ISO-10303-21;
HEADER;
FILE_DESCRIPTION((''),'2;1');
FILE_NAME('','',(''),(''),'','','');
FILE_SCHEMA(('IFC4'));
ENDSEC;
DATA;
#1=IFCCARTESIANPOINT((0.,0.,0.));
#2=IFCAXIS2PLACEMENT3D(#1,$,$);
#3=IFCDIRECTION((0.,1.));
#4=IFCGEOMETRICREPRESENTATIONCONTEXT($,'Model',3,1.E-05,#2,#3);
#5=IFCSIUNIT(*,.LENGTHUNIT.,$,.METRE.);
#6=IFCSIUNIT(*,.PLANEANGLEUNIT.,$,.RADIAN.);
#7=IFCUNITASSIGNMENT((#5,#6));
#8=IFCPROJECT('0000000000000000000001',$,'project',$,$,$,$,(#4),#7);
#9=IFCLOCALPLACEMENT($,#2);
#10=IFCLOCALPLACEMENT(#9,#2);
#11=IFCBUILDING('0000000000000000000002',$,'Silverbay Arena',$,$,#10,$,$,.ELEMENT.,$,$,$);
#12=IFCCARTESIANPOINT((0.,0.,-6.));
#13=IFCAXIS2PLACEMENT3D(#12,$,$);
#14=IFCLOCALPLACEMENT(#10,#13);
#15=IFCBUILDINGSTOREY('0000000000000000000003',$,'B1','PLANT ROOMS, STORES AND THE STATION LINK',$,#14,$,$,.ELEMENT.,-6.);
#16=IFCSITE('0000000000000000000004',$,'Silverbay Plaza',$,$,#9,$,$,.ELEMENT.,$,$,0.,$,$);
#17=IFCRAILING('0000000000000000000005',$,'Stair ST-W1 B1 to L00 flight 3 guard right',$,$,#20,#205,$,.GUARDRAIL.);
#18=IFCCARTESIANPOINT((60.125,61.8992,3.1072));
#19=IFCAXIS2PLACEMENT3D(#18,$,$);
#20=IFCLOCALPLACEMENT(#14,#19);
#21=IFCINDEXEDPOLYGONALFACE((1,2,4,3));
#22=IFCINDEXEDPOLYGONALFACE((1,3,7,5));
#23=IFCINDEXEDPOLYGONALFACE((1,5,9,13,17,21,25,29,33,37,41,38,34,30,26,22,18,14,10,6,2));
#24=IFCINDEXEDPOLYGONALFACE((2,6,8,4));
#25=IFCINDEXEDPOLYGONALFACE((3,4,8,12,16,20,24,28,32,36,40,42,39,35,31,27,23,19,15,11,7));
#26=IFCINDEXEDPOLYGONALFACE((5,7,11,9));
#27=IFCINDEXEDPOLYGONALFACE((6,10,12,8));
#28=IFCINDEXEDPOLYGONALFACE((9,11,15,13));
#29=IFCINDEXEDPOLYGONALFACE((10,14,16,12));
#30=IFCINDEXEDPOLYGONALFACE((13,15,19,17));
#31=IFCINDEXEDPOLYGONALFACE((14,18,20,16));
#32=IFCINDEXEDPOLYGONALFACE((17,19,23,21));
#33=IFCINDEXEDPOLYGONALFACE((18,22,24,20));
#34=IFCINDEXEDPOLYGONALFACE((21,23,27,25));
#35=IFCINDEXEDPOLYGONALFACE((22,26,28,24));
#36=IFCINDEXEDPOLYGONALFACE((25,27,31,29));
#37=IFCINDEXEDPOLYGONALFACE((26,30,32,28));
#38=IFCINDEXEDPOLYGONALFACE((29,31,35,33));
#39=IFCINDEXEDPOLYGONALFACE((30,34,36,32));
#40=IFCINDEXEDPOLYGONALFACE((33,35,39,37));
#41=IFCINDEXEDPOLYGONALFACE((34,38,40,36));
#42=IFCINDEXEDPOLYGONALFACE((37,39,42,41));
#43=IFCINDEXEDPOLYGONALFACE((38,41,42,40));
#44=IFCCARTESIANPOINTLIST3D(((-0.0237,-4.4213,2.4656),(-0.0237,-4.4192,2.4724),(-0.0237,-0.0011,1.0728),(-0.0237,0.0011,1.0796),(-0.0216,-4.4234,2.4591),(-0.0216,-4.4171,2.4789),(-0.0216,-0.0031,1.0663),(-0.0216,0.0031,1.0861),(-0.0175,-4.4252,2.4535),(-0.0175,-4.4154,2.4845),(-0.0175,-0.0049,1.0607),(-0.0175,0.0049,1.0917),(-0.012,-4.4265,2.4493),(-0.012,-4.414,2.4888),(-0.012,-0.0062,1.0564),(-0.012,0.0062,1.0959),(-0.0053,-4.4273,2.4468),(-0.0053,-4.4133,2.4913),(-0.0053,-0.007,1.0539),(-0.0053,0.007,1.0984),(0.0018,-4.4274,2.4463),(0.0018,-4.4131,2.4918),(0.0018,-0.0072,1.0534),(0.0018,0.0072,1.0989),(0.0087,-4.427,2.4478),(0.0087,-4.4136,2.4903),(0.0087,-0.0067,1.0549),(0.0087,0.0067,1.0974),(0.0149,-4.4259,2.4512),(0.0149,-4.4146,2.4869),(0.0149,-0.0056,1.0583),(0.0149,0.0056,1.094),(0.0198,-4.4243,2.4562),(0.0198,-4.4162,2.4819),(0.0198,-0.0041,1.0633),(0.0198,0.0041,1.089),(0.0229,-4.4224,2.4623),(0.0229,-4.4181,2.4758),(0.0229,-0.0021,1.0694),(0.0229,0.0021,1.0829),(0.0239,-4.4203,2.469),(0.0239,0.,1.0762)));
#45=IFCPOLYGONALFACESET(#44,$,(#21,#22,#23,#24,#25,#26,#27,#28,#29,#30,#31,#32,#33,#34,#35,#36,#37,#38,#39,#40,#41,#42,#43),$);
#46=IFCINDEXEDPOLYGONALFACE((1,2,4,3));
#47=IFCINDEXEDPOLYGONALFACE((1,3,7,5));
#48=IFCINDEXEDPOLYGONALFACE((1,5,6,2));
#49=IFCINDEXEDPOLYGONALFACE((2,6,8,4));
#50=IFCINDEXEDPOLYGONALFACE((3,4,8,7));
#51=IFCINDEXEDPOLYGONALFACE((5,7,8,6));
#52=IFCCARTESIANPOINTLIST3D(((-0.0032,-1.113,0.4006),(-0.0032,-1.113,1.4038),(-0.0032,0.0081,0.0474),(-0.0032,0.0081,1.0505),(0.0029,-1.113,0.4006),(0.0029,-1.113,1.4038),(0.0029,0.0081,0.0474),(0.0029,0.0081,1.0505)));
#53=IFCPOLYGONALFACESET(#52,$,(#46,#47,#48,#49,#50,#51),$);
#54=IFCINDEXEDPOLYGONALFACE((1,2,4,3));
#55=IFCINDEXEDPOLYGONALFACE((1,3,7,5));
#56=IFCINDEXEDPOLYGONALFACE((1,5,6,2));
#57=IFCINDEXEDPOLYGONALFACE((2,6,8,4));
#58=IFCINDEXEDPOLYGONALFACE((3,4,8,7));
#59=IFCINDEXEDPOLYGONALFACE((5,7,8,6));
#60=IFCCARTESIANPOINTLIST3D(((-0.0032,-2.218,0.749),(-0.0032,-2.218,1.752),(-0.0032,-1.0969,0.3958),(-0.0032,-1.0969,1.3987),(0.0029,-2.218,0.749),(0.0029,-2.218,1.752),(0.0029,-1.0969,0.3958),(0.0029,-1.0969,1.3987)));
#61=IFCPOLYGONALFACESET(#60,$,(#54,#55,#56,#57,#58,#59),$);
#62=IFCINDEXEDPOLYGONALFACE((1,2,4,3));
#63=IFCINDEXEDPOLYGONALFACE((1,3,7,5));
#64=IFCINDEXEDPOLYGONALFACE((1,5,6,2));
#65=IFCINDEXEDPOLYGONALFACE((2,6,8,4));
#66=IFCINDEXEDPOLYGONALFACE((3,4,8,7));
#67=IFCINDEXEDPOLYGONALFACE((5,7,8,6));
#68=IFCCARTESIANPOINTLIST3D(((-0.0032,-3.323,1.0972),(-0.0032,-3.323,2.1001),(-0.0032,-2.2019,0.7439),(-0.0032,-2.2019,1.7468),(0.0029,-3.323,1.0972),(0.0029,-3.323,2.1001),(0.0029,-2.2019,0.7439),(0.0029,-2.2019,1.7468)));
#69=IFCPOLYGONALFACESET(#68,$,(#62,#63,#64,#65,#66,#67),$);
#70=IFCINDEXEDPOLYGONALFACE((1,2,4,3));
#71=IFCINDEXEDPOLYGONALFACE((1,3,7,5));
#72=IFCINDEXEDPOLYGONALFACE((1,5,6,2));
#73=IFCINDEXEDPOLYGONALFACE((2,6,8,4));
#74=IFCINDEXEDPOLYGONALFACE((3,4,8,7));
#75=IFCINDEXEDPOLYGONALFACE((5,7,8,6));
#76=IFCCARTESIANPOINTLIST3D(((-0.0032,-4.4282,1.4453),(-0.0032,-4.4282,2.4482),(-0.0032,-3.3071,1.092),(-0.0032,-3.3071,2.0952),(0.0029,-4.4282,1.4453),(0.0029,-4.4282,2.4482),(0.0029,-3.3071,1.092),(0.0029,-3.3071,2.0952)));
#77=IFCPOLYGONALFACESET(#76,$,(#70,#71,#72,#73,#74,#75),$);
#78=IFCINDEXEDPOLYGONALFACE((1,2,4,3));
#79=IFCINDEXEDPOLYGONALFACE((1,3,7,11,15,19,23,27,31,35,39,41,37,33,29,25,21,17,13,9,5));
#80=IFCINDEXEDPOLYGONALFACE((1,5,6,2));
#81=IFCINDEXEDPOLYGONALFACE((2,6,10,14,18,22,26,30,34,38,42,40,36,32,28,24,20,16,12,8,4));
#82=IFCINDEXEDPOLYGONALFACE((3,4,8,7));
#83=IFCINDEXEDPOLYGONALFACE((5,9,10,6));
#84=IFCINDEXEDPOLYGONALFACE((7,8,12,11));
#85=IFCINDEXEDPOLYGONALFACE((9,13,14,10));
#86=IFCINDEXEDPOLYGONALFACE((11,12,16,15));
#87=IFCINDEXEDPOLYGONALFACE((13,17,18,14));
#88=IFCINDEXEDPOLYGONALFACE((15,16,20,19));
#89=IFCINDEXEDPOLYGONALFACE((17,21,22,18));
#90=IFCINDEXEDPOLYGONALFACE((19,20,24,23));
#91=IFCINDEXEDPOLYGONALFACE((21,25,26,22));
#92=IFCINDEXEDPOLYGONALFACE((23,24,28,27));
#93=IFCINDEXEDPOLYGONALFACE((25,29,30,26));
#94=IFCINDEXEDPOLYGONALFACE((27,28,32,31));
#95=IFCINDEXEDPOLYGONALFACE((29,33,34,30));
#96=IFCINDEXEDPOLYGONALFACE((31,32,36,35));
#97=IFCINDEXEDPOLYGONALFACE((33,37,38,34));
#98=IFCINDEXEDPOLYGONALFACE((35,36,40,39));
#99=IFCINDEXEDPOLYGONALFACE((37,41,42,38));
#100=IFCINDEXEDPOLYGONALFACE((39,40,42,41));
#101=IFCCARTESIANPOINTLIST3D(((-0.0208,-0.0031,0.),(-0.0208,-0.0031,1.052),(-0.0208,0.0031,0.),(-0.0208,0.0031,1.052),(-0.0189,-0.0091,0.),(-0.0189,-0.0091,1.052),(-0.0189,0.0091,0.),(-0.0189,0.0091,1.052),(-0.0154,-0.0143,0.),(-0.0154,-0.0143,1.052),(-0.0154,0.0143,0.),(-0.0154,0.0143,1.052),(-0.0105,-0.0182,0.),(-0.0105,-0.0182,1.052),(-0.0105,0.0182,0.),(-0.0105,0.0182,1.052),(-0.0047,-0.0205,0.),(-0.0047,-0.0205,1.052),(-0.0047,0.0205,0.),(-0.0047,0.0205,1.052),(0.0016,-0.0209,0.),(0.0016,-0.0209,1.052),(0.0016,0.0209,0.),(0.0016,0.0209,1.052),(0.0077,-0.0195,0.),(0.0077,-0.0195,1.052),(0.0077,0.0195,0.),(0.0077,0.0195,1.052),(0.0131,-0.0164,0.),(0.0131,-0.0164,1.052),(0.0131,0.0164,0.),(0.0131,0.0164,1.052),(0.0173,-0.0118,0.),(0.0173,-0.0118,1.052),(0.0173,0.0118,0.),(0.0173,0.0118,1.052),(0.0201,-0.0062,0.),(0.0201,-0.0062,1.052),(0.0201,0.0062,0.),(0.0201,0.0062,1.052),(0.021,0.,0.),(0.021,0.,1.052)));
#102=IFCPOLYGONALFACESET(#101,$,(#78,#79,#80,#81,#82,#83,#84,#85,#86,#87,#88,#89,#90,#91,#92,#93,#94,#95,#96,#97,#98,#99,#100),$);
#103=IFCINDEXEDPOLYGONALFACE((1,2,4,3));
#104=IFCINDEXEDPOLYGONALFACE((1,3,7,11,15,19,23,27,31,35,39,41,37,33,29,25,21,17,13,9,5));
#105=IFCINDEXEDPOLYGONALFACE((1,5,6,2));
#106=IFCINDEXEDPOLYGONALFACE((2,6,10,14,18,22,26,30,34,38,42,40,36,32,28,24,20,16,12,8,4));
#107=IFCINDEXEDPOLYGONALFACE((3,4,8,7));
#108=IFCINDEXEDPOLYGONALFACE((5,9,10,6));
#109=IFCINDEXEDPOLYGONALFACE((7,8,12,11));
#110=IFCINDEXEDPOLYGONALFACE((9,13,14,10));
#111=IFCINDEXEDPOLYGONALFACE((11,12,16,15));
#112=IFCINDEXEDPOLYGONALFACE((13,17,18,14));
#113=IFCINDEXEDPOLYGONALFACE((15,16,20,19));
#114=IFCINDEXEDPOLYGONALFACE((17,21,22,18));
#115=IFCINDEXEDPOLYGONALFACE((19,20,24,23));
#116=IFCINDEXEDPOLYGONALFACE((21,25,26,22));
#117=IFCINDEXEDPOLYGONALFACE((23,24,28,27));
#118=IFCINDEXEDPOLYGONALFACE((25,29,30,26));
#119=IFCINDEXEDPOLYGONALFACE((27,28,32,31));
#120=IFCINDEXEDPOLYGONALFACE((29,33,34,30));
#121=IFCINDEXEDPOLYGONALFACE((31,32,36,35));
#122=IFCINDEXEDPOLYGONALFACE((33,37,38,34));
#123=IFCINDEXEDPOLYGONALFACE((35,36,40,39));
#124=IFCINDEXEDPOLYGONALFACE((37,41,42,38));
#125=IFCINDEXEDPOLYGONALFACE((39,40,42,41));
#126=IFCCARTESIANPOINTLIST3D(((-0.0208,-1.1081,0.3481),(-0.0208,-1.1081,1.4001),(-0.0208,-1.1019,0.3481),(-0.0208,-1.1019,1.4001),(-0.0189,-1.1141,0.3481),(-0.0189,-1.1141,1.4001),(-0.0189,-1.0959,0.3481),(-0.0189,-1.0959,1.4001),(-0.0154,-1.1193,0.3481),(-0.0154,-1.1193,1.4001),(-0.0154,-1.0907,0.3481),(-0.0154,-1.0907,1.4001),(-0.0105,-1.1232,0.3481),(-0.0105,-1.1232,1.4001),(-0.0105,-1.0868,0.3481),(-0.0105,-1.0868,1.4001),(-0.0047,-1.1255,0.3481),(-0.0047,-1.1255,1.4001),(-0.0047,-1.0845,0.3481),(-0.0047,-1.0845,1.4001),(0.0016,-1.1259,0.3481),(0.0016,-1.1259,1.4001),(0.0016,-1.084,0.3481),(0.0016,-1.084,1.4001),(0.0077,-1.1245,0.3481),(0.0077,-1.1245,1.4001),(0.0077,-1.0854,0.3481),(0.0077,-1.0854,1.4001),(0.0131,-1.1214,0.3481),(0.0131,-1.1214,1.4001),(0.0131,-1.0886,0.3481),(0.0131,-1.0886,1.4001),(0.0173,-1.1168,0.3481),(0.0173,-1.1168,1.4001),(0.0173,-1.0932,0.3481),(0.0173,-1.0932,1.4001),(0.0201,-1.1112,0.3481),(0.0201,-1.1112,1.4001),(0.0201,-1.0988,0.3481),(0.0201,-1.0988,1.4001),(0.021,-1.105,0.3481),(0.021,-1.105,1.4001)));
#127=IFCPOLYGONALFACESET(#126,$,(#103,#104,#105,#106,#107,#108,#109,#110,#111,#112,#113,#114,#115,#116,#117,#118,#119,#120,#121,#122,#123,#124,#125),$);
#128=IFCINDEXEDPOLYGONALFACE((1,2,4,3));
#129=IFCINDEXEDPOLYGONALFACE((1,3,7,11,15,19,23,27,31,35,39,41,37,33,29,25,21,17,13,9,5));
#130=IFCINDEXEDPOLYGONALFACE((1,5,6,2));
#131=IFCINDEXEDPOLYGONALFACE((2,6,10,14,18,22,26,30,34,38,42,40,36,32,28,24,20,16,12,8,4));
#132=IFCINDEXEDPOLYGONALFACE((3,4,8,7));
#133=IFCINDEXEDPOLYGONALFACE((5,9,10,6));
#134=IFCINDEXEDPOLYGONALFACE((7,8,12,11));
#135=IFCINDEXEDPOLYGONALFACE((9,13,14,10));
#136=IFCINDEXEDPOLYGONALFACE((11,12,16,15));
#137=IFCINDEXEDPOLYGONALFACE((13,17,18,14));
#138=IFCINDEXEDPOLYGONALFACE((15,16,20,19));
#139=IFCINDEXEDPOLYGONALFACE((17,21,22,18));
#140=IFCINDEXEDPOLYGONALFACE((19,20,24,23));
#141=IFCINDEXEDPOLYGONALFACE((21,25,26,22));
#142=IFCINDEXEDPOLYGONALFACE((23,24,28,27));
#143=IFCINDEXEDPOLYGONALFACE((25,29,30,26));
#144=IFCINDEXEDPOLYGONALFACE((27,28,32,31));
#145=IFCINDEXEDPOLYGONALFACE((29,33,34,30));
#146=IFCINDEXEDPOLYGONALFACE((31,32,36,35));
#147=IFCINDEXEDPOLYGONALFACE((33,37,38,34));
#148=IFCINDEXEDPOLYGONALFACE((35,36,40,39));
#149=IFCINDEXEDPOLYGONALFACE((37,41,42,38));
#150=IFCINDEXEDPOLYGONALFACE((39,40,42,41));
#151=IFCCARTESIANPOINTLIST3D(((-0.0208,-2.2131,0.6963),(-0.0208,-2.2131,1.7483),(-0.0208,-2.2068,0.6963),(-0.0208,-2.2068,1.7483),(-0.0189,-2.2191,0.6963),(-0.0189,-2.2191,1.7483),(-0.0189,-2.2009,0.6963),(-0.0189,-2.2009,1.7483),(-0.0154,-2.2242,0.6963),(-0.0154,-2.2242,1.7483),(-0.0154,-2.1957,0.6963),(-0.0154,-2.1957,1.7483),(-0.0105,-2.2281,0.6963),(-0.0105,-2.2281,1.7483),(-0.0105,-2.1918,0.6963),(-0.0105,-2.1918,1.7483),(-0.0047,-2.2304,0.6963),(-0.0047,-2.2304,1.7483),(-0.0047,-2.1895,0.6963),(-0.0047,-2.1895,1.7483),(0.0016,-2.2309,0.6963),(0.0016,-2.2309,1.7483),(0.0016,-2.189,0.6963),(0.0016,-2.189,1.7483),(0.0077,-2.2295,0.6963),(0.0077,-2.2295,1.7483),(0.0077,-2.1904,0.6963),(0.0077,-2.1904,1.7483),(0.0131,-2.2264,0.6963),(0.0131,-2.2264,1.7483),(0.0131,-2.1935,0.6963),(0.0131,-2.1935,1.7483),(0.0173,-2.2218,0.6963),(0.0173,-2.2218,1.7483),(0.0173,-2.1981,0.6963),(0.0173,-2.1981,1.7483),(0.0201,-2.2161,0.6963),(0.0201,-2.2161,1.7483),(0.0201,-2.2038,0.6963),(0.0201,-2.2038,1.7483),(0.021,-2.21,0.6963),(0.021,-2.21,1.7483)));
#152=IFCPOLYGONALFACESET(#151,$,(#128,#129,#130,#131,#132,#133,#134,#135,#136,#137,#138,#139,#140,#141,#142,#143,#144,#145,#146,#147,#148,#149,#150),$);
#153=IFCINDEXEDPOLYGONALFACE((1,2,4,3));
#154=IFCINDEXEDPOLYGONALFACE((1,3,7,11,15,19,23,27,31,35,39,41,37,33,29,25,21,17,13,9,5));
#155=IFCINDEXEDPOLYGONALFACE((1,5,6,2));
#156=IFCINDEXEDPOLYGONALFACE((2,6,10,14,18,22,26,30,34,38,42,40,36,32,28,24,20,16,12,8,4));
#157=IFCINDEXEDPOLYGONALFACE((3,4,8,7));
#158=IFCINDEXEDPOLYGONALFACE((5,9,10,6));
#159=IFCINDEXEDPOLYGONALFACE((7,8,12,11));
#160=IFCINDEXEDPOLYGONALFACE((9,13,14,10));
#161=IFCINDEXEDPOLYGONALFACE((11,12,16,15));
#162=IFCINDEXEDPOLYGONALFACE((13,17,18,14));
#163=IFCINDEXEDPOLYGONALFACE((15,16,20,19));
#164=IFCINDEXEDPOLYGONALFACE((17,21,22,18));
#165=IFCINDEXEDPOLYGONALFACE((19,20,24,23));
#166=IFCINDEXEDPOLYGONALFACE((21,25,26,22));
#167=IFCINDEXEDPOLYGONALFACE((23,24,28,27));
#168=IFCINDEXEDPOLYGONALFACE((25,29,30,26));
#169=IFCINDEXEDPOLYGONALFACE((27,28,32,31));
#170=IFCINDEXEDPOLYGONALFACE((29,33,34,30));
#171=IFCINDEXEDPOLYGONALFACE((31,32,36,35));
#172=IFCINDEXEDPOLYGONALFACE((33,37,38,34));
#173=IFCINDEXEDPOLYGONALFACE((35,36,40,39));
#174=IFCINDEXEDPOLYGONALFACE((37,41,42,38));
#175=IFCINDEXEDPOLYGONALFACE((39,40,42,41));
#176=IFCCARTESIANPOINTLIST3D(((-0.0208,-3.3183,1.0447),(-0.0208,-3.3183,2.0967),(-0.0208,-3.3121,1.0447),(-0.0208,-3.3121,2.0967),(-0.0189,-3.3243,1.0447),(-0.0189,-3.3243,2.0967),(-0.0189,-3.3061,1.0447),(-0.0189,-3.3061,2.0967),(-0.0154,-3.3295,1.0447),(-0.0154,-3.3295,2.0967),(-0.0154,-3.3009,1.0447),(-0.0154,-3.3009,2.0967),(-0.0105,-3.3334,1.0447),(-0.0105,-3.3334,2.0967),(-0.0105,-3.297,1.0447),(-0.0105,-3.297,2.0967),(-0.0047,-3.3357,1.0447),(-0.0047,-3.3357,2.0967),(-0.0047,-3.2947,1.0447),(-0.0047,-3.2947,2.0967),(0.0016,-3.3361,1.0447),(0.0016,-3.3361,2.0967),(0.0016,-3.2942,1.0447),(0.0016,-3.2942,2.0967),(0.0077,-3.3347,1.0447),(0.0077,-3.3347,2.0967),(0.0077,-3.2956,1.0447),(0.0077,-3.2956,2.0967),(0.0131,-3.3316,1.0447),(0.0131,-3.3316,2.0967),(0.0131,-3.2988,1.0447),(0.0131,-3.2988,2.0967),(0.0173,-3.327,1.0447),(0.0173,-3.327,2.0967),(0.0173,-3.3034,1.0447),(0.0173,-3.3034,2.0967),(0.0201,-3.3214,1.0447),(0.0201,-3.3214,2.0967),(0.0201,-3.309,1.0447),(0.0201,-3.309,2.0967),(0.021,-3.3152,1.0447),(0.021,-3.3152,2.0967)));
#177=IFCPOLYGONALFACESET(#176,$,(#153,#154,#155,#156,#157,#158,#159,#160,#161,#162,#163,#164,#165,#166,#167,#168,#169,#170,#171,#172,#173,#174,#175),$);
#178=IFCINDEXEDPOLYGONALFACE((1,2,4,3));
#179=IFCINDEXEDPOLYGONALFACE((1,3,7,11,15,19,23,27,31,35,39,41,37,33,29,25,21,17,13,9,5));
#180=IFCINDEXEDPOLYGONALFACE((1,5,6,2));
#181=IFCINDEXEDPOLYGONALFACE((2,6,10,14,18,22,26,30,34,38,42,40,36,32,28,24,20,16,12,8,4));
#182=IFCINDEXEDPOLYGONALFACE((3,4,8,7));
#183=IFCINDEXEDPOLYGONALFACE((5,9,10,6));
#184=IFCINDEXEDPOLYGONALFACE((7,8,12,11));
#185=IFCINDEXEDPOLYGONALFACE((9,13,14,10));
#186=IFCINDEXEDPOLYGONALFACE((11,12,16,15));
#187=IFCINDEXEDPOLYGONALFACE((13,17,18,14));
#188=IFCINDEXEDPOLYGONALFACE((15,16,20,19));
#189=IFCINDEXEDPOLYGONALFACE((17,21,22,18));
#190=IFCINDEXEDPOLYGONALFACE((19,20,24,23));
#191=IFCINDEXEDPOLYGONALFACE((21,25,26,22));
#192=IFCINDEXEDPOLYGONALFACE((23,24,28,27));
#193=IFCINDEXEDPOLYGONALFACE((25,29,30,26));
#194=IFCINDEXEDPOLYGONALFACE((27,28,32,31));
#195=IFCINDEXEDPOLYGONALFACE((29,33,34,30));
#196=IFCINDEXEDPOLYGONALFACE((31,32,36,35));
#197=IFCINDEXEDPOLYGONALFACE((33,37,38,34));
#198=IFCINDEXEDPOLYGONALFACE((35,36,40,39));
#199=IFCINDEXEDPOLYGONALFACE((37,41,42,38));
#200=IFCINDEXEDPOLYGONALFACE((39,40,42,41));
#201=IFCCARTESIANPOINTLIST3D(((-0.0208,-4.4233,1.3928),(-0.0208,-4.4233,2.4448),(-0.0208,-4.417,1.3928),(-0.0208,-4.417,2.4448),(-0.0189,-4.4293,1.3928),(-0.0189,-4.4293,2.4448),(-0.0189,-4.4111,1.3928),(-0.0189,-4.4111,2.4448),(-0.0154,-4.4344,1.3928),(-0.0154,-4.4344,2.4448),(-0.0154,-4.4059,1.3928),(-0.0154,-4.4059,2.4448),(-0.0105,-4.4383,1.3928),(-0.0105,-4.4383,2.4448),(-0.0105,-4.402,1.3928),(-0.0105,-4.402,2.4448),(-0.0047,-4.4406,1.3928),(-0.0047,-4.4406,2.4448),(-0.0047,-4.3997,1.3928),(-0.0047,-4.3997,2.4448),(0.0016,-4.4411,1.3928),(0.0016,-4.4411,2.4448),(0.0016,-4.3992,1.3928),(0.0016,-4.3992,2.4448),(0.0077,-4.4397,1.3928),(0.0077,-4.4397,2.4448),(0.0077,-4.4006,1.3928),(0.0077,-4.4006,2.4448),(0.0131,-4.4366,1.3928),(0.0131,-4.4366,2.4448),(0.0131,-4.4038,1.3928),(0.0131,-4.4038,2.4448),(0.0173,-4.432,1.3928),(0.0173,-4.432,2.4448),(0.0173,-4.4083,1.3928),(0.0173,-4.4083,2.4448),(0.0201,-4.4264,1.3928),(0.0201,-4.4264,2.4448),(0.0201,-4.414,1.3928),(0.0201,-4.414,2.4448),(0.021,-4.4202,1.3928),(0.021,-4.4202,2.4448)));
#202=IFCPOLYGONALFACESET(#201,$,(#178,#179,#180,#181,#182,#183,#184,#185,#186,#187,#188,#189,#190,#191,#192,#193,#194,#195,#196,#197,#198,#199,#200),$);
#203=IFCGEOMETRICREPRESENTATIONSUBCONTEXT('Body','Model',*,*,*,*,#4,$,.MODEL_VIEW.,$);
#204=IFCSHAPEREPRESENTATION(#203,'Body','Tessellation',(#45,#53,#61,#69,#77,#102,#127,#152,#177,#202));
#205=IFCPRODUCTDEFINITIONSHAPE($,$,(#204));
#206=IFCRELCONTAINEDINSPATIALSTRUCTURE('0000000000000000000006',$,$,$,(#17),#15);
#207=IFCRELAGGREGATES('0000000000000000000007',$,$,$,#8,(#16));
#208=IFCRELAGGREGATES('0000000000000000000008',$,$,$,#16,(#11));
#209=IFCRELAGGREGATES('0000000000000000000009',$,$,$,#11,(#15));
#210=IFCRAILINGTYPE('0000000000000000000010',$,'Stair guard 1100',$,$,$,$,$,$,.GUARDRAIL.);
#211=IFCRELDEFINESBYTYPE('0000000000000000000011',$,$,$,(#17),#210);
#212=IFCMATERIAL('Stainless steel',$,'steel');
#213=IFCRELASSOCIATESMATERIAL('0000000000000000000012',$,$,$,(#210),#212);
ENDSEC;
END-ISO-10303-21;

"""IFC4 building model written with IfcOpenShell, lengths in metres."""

from ifc_helpers import new_model, si_unit, direction, frame, origin, origin_2d, place, context, subcontext, project, spatial, polyline, circle, outline, extrude, material, type_object, element, save


model = new_model("IFC4")

# Units and contexts
model_context = context("Model", 3, precision=1e-05, world=origin(), true_north=direction((0.0, 1.0)))
body_context = subcontext(model_context, "Body", "Model", "MODEL_VIEW")
ifc_project = project(units=[si_unit("LENGTHUNIT", "METRE"), si_unit("PLANEANGLEUNIT", "RADIAN")], contexts=[model_context])

# Site, building, storey
site_placement = place(None, origin())
site = spatial("IfcSite", under=ifc_project, at=site_placement, Name="Silverbay Plaza", CompositionType="ELEMENT", RefElevation=0.0)
building_placement = place(site_placement, origin())
building = spatial("IfcBuilding", under=site, at=building_placement, Name="Silverbay Arena", CompositionType="ELEMENT")
storey_placement = place(building_placement, frame((0.0, 0.0, -6.0)))
storey = spatial("IfcBuildingStorey", under=building, at=storey_placement, Name="B1", Description="PLANT ROOMS, STORES AND THE STATION LINK", CompositionType="ELEMENT", Elevation=-6.0)

# Railing
ifc_material_1 = material(Name="Stainless steel", Category="steel")
railing_type_1 = type_object("IfcRailingType", Name="Stair guard 1100", PredefinedType="GUARDRAIL", material=ifc_material_1)
railing_1_placement = place(storey_placement, frame((60.125, 61.8992, 3.1072)))
element("IfcRailing", 1, at=railing_1_placement, inside=storey, type_object=railing_type_1, Name="Stair ST-W1 B1 to L00 flight 3 guard right", PredefinedType="GUARDRAIL", context=body_context, shape_type="SweptSolid", body=[
    extrude(circle(Radius=0.0239, at=origin_2d()), frame((0.0, 0.0, 1.0762), z_axis=(0.0, -0.95377, 0.300539), x_axis=(1.0, 0.0, 0.0)), (0.0, 0.0, 1.0), 4.6345),
    extrude(outline(polyline([(-0.0081, 0.0474), (1.113, 0.4006), (1.113, 1.4038), (-0.0081, 1.0505), (-0.0081, 0.0474)])), frame((0.0029, 0.0, 0.0), z_axis=(-1.0, 0.0, 0.0), x_axis=(0.0, -1.0, 0.0)), (0.0, 0.0, 1.0), 0.0061),
    extrude(outline(polyline([(-0.0081, 0.3958), (1.113, 0.749), (1.113, 1.752), (-0.0081, 1.3987), (-0.0081, 0.3958)])), frame((0.0029, -1.105, 0.0), z_axis=(-1.0, 0.0, 0.0), x_axis=(0.0, -1.0, 0.0)), (0.0, 0.0, 1.0), 0.0061),
    extrude(outline(polyline([(-0.0081, 0.7439), (1.113, 1.0972), (1.113, 2.1001), (-0.0081, 1.7468), (-0.0081, 0.7439)])), frame((0.0029, -2.21, 0.0), z_axis=(-1.0, 0.0, 0.0), x_axis=(0.0, -1.0, 0.0)), (0.0, 0.0, 1.0), 0.0061),
    extrude(outline(polyline([(-0.0081, 1.092), (1.113, 1.4453), (1.113, 2.4482), (-0.0081, 2.0952), (-0.0081, 1.092)])), frame((0.0029, -3.3152, 0.0), z_axis=(-1.0, 0.0, 0.0), x_axis=(0.0, -1.0, 0.0)), (0.0, 0.0, 1.0), 0.0061),
    extrude(circle(Radius=0.021, at=origin_2d()), origin(), (0.0, 0.0, 1.0), 1.052),
    extrude(circle(Radius=0.021, at=origin_2d()), frame((0.0, -1.105, 0.3481)), (0.0, 0.0, 1.0), 1.052),
    extrude(circle(Radius=0.021, at=origin_2d()), frame((0.0, -2.21, 0.6963)), (0.0, 0.0, 1.0), 1.052),
    extrude(circle(Radius=0.021, at=origin_2d()), frame((0.0, -3.3152, 1.0447)), (0.0, 0.0, 1.0), 1.052),
    extrude(circle(Radius=0.021, at=origin_2d()), frame((0.0, -4.4202, 1.3928)), (0.0, 0.0, 1.0), 1.052),
])

save(model, "model.ifc")
